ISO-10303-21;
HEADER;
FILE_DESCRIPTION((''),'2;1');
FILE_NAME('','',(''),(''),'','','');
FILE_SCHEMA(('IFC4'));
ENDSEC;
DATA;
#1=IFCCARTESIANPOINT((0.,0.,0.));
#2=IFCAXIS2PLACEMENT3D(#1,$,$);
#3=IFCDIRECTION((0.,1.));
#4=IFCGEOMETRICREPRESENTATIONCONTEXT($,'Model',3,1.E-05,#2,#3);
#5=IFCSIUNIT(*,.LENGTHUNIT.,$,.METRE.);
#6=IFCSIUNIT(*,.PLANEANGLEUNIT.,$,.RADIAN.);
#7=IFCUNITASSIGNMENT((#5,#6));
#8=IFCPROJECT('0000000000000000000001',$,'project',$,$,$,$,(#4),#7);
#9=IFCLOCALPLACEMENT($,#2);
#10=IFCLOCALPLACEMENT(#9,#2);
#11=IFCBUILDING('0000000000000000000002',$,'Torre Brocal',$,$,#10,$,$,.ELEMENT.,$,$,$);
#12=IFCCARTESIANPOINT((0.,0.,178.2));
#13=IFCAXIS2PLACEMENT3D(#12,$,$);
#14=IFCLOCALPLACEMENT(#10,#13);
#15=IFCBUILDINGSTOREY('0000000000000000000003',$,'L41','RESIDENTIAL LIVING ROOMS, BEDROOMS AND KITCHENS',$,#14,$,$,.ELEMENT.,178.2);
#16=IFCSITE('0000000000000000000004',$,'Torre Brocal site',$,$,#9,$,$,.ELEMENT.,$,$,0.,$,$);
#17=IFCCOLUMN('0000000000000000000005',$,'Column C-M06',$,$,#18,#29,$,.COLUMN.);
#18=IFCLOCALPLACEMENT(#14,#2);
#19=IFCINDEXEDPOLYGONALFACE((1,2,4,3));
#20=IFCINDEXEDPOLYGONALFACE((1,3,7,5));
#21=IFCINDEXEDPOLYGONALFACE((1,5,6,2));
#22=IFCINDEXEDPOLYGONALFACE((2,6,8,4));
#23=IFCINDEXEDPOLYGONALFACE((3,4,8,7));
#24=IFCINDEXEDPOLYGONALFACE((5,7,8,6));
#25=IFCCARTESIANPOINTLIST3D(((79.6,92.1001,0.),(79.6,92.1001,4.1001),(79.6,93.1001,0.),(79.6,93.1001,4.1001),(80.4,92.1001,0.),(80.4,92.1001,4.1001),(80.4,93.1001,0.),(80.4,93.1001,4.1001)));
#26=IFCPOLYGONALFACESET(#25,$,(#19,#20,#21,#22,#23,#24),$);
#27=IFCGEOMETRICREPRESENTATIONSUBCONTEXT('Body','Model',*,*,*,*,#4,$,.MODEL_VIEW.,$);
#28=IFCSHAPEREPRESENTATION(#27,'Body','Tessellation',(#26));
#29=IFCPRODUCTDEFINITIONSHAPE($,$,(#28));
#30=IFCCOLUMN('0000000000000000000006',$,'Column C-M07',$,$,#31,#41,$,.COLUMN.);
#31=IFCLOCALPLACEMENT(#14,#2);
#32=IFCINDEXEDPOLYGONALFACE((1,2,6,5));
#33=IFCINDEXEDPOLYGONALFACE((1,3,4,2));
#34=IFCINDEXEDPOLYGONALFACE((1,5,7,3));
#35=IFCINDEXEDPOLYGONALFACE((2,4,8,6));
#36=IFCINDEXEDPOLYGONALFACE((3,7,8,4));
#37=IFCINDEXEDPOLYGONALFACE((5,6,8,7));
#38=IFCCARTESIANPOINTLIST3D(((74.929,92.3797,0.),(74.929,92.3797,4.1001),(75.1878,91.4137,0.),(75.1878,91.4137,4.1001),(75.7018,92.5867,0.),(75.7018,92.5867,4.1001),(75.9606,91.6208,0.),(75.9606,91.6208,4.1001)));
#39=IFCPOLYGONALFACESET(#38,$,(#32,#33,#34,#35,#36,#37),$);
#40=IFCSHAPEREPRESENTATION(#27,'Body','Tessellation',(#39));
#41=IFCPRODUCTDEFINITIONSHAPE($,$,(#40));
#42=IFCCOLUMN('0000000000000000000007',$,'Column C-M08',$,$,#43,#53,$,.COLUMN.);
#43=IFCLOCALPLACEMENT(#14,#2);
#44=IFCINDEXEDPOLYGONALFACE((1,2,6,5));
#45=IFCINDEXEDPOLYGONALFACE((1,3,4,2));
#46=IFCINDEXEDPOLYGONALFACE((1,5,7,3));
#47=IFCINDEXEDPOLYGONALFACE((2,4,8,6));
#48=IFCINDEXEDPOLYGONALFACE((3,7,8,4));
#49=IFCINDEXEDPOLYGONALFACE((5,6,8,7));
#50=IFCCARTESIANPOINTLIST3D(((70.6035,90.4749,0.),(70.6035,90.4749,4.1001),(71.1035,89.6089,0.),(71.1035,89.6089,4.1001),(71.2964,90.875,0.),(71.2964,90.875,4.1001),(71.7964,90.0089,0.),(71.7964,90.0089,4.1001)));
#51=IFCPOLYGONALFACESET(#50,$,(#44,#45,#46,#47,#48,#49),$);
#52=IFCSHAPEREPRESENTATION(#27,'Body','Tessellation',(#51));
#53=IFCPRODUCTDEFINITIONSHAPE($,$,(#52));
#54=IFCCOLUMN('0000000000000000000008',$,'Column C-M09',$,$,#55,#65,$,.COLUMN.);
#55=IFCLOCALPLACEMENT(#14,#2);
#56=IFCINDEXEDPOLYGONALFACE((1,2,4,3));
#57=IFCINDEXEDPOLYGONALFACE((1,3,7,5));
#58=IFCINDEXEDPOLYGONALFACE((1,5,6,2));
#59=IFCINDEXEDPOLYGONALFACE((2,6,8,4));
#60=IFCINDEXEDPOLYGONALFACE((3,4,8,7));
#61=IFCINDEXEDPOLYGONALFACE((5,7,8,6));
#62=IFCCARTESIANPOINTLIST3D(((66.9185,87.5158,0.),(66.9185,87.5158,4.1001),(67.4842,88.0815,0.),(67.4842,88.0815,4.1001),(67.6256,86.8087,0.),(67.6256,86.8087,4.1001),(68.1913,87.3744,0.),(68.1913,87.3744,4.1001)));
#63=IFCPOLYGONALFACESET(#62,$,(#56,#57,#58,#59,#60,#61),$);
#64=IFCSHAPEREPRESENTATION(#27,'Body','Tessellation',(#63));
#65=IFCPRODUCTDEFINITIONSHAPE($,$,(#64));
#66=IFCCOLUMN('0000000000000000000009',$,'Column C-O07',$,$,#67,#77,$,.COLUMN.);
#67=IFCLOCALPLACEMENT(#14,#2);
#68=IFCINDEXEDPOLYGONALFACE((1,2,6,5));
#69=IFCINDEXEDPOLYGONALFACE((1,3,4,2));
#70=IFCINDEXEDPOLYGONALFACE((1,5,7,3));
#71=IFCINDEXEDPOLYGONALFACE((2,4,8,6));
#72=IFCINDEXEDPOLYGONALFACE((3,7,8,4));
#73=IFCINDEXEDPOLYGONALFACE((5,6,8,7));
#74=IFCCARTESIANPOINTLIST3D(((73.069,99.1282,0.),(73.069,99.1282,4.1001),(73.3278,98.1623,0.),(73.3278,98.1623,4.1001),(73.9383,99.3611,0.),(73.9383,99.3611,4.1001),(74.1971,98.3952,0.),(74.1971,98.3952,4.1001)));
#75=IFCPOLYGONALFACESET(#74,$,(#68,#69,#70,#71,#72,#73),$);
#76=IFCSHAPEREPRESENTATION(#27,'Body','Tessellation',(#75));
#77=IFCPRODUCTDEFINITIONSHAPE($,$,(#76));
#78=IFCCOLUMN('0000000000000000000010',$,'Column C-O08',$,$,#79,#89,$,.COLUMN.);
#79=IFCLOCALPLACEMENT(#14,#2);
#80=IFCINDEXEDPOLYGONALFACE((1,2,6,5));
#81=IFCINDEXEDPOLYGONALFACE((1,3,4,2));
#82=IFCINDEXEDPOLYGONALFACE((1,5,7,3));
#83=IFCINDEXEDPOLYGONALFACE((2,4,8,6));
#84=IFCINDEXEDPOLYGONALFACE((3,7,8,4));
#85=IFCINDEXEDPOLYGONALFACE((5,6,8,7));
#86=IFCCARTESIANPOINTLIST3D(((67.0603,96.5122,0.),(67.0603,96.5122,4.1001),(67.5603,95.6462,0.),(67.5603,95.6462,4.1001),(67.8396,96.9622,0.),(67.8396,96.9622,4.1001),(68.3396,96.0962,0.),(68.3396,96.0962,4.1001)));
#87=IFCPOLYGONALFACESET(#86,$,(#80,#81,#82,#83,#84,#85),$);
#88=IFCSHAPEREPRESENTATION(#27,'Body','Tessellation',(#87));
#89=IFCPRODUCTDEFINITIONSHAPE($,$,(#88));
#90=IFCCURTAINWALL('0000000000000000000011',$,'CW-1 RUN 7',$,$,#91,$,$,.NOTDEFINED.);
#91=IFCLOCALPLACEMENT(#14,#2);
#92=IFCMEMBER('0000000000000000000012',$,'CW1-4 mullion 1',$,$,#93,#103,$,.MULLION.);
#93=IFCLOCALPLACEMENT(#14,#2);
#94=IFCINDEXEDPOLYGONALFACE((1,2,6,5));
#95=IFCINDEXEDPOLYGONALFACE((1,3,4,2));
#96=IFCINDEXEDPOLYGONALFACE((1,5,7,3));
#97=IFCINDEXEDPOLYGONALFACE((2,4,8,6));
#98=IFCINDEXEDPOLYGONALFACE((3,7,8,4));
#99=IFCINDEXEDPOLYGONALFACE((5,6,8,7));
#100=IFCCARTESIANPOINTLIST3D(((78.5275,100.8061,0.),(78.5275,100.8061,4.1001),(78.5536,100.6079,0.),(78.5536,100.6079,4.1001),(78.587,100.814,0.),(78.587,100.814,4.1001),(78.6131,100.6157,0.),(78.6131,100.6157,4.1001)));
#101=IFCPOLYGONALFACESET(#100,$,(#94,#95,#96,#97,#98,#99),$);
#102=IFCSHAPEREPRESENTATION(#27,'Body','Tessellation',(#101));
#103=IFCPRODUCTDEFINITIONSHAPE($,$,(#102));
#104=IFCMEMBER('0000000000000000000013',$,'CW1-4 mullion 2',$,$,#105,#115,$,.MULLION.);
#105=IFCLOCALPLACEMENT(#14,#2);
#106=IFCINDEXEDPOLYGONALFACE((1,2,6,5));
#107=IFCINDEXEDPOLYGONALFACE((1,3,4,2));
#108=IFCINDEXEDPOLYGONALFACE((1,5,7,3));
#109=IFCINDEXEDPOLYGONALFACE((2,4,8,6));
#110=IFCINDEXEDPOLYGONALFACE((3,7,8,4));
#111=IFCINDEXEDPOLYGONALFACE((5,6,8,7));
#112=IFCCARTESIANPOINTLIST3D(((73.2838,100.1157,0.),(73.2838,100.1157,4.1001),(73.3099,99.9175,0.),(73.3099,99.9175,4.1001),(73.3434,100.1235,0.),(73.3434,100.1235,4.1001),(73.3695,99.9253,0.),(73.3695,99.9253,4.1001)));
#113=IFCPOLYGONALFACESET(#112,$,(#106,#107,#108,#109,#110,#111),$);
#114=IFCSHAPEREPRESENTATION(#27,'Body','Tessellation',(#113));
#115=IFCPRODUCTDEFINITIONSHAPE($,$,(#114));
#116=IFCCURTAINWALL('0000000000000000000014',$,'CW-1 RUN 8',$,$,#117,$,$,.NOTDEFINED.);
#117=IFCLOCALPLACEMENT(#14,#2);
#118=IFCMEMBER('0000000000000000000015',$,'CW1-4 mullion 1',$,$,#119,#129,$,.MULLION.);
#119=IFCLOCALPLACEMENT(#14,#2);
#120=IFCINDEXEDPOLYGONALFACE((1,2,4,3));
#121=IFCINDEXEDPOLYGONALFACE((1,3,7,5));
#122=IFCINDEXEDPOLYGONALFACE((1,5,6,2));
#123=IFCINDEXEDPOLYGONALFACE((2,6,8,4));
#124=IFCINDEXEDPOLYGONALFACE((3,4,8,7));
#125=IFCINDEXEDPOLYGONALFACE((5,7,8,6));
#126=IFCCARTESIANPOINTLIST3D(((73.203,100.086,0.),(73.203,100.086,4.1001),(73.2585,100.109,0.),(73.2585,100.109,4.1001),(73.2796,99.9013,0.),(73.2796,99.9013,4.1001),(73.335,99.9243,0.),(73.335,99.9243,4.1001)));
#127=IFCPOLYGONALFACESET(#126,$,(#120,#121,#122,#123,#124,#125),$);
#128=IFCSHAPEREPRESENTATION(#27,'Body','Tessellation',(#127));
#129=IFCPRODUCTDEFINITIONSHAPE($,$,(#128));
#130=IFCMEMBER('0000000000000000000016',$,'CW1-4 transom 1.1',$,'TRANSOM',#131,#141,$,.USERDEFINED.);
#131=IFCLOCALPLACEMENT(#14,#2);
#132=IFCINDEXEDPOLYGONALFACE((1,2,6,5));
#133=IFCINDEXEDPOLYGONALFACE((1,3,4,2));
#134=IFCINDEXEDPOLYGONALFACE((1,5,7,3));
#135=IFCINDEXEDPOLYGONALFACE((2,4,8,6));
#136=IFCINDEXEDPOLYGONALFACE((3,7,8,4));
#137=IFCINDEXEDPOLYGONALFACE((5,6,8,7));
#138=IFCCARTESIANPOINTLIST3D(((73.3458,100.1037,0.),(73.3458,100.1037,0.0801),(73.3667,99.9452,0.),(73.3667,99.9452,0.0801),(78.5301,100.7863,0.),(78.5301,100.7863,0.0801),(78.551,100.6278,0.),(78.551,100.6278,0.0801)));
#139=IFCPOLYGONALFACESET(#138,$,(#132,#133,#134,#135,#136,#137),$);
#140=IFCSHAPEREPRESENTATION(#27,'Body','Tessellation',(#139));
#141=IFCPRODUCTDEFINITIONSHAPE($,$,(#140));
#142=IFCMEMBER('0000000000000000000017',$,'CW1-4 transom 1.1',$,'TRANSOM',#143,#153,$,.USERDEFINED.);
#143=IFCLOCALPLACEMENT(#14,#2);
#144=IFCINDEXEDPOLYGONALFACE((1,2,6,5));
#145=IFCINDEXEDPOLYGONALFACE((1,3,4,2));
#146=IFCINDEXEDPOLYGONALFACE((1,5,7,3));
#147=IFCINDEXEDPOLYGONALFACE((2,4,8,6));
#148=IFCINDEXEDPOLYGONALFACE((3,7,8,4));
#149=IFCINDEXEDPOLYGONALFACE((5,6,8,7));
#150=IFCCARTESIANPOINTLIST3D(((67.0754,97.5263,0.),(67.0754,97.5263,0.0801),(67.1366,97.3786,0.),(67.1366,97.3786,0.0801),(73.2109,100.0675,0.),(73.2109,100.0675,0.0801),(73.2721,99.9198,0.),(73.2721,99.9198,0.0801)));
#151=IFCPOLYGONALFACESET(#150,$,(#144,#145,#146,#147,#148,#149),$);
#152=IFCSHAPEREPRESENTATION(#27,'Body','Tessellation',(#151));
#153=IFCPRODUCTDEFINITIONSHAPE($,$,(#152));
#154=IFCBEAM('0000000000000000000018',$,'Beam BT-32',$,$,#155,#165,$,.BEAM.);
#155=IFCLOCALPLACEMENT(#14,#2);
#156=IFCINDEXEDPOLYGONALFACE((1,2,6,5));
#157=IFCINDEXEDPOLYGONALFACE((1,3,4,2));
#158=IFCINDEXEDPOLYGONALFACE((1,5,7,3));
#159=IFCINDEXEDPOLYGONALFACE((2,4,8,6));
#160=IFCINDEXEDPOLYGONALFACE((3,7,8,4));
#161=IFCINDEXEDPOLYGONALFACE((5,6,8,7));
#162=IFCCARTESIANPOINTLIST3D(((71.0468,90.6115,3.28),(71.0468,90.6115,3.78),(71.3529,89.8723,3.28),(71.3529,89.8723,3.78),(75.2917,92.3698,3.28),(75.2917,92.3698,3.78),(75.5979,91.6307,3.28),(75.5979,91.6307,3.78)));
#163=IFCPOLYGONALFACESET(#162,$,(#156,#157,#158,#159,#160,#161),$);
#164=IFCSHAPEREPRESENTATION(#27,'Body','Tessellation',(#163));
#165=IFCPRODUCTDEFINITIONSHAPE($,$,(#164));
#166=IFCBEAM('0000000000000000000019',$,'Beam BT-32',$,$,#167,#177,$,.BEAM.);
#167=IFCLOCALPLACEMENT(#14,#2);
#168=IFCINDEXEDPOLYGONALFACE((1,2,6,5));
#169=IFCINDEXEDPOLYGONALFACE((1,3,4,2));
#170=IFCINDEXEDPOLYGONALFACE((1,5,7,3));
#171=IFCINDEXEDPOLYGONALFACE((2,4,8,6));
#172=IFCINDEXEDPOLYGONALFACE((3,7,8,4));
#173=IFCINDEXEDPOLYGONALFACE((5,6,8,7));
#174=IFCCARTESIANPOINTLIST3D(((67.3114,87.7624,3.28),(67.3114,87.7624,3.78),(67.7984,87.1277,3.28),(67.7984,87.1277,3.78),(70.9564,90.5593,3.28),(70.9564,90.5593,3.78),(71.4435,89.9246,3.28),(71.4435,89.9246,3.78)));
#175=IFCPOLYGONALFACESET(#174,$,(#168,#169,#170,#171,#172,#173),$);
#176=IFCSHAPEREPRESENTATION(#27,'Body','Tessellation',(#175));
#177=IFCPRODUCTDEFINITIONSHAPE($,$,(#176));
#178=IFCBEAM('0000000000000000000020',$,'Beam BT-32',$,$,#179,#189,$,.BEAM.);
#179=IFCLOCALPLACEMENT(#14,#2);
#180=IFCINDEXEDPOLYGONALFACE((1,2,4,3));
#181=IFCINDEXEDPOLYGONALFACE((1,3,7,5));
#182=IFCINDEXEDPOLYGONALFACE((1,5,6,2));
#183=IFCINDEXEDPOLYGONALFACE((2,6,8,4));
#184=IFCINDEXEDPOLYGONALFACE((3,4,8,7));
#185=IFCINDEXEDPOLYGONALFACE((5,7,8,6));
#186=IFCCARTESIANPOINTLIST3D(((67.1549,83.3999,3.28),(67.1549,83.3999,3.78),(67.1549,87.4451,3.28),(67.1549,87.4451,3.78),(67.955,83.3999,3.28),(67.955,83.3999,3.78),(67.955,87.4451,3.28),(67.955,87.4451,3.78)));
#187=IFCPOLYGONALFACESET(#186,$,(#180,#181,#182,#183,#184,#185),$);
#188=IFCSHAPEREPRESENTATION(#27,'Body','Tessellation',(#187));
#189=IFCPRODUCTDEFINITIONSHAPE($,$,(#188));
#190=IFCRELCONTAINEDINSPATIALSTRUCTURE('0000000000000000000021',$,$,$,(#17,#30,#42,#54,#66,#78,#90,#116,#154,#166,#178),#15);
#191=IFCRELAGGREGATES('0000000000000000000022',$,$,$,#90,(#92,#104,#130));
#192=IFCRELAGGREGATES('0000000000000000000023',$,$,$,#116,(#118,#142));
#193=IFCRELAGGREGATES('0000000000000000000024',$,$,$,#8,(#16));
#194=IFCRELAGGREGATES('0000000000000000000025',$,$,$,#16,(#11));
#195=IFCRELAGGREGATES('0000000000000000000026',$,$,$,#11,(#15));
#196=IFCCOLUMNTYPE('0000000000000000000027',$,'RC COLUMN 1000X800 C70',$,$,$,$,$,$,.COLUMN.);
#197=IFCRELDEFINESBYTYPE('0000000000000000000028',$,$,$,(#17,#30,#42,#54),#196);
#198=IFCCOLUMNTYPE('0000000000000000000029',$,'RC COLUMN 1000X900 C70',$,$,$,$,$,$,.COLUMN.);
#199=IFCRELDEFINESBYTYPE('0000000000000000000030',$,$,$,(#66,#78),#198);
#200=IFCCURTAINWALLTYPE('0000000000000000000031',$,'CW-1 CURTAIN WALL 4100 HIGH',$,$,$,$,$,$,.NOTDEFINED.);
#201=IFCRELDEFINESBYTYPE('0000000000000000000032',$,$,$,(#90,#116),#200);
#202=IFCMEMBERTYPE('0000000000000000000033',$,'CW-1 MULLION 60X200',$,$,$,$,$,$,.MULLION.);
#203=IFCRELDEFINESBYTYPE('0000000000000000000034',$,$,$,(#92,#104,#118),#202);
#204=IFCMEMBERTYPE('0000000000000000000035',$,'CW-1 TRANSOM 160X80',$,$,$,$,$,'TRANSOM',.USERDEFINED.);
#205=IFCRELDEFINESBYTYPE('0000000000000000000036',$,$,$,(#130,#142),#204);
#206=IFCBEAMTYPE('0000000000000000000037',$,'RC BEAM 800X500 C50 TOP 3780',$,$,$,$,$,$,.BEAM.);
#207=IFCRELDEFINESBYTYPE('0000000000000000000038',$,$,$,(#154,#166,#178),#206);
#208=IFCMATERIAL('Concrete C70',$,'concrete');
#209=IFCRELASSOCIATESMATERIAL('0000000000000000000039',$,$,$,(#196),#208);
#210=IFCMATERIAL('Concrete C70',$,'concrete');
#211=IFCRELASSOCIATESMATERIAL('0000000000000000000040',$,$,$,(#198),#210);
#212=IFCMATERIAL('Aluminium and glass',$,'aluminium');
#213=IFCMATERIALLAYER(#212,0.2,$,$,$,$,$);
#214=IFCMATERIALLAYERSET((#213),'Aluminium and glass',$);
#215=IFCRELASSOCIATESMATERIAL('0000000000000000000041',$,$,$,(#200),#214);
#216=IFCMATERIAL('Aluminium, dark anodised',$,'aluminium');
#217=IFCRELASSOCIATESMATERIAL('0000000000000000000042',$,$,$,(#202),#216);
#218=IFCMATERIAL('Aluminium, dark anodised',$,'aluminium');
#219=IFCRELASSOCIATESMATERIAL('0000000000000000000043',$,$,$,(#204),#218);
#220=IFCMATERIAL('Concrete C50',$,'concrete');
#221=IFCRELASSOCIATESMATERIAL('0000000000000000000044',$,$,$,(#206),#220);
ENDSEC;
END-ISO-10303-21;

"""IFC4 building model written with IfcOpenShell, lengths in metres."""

from ifc_helpers import new_model, si_unit, direction, frame, origin, origin_2d, place, context, subcontext, project, spatial, rectangle, extrude, material, layer, layer_set, material_profile, profile_set, type_object, element, aggregate, save


model = new_model("IFC4")

# Units and contexts
model_context = context("Model", 3, precision=1e-05, world=origin(), true_north=direction((0.0, 1.0)))
body_context = subcontext(model_context, "Body", "Model", "MODEL_VIEW")
ifc_project = project(units=[si_unit("LENGTHUNIT", "METRE"), si_unit("PLANEANGLEUNIT", "RADIAN")], contexts=[model_context])

# Site, building, storey
site_placement = place(None, origin())
site = spatial("IfcSite", under=ifc_project, at=site_placement, Name="Torre Brocal site", CompositionType="ELEMENT", RefElevation=0.0)
building_placement = place(site_placement, origin())
building = spatial("IfcBuilding", under=site, at=building_placement, Name="Torre Brocal", CompositionType="ELEMENT")
storey_placement = place(building_placement, frame((0.0, 0.0, 178.2)))
storey = spatial("IfcBuildingStorey", under=building, at=storey_placement, Name="L41", Description="RESIDENTIAL LIVING ROOMS, BEDROOMS AND KITCHENS", CompositionType="ELEMENT", Elevation=178.2)

# Columns
ifc_material_1 = material(Name="Concrete C70", Category="concrete")
ifc_material_profile_1 = material_profile(ifc_material_1, rectangle(XDim=1.0, YDim=0.8, at=origin_2d()), Name="RC 1000X800")
ifc_profile_set_1 = profile_set([ifc_material_profile_1], Name="Concrete C70")
column_type_1 = type_object("IfcColumnType", Name="RC COLUMN 1000X800 C70", PredefinedType="COLUMN", material=ifc_profile_set_1)
for number, where, z_axis, x_axis, name in (
    (1, (80.0, 92.6001, 0.0), (0.0, 0.0, 1.0), (0.0, 1.0, 0.0), "Column C-M06"),
    (2, (75.4448, 92.0002, 0.0), (0.0, 0.0, 1.0), (-0.258819, 0.965926, 0.0), "Column C-M07"),
    (3, (71.2, 90.2419, 0.0), (0.0, 0.0, 1.0), (-0.5, 0.866025, 0.0), "Column C-M08"),
    (4, (67.5549, 87.4451, 0.0), (0.0, 0.0, 1.0), (-0.707107, 0.707107, 0.0), "Column C-M09"),
):
    element("IfcColumn", number, at=place(storey_placement, frame(where, z_axis=z_axis, x_axis=x_axis)), inside=storey, type_object=column_type_1, Name=name, PredefinedType="COLUMN", context=body_context, shape_type="SweptSolid", body=[
        extrude(rectangle(XDim=1.0, YDim=0.8, at=origin_2d()), origin(), (0.0, 0.0, 1.0), 4.1001),
    ])
ifc_material_2 = material(Name="Concrete C70", Category="concrete")
ifc_material_profile_2 = material_profile(ifc_material_2, rectangle(XDim=1.0, YDim=0.8999, at=origin_2d()), Name="RC 1000X900")
ifc_profile_set_2 = profile_set([ifc_material_profile_2], Name="Concrete C70")
column_type_2 = type_object("IfcColumnType", Name="RC COLUMN 1000X900 C70", PredefinedType="COLUMN", material=ifc_profile_set_2)
for number, where, z_axis, x_axis, name in (
    (5, (73.6331, 98.7617, 0.0), (0.0, 0.0, 1.0), (-0.258819, 0.965926, 0.0), "Column C-O07"),
    (6, (67.7, 96.3042, 0.0), (0.0, 0.0, 1.0), (-0.5, 0.866025, 0.0), "Column C-O08"),
):
    element("IfcColumn", number, at=place(storey_placement, frame(where, z_axis=z_axis, x_axis=x_axis)), inside=storey, type_object=column_type_2, Name=name, PredefinedType="COLUMN", context=body_context, shape_type="SweptSolid", body=[
        extrude(rectangle(XDim=1.0, YDim=0.8999, at=origin_2d()), origin(), (0.0, 0.0, 1.0), 4.1001),
    ])

# Curtain wall, members
ifc_material_3 = material(Name="Aluminium and glass", Category="aluminium")
ifc_layer_1 = layer(ifc_material_3, 0.2)
ifc_layer_set_1 = layer_set([ifc_layer_1], Name="Aluminium and glass")
curtain_wall_type = type_object("IfcCurtainWallType", Name="CW-1 CURTAIN WALL 4100 HIGH", PredefinedType="NOTDEFINED", material=ifc_layer_set_1)
curtain_wall_1_placement = place(storey_placement, origin())
curtain_wall_1 = element("IfcCurtainWall", 7, at=curtain_wall_1_placement, inside=storey, type_object=curtain_wall_type, Name="CW-1 RUN 7", PredefinedType="NOTDEFINED")
ifc_material_4 = material(Name="Aluminium, dark anodised", Category="aluminium")
ifc_material_profile_3 = material_profile(ifc_material_4, rectangle(XDim=0.2, YDim=0.0601, at=origin_2d()), Name="CW-1 MULLION 60X200")
ifc_profile_set_3 = profile_set([ifc_material_profile_3], Name="Aluminium, dark anodised")
member_type_1 = type_object("IfcMemberType", Name="CW-1 MULLION 60X200", PredefinedType="MULLION", material=ifc_profile_set_3)
member_1_placement = place(storey_placement, frame((78.5703, 100.7109, 0.0), z_axis=(0.0, 0.0, 1.0), x_axis=(0.130526, -0.991445, 0.0)))
member_1 = element("IfcMember", 8, at=member_1_placement, type_object=member_type_1, Name="CW1-4 mullion 1", PredefinedType="MULLION", context=body_context, shape_type="SweptSolid", body=[
    extrude(rectangle(XDim=0.2, YDim=0.0601, at=origin_2d()), origin(), (0.0, 0.0, 1.0), 4.1001),
])
member_2_placement = place(storey_placement, frame((73.3267, 100.0205, 0.0), z_axis=(0.0, 0.0, 1.0), x_axis=(0.130526, -0.991445, 0.0)))
member_2 = element("IfcMember", 9, at=member_2_placement, type_object=member_type_1, Name="CW1-4 mullion 2", PredefinedType="MULLION", context=body_context, shape_type="SweptSolid", body=[
    extrude(rectangle(XDim=0.2, YDim=0.0601, at=origin_2d()), origin(), (0.0, 0.0, 1.0), 4.1001),
])

# Curtain wall, member
curtain_wall_2_placement = place(storey_placement, origin())
curtain_wall_2 = element("IfcCurtainWall", 10, at=curtain_wall_2_placement, inside=storey, type_object=curtain_wall_type, Name="CW-1 RUN 8", PredefinedType="NOTDEFINED")
member_3_placement = place(storey_placement, frame((73.269, 100.0051, 0.0), z_axis=(0.0, 0.0, 1.0), x_axis=(0.382683, -0.92388, 0.0)))
member_3 = element("IfcMember", 11, at=member_3_placement, type_object=member_type_1, Name="CW1-4 mullion 1", PredefinedType="MULLION", context=body_context, shape_type="SweptSolid", body=[
    extrude(rectangle(XDim=0.2, YDim=0.0601, at=origin_2d()), origin(), (0.0, 0.0, 1.0), 4.1001),
])

# Members
ifc_material_5 = material(Name="Aluminium, dark anodised", Category="aluminium")
ifc_material_profile_4 = material_profile(ifc_material_5, rectangle(XDim=0.1599, YDim=0.0801, at=origin_2d()), Name="CW-1 TRANSOM 160X80")
ifc_profile_set_4 = profile_set([ifc_material_profile_4], Name="Aluminium, dark anodised")
member_type_2 = type_object("IfcMemberType", Name="CW-1 TRANSOM 160X80", ElementType="TRANSOM", PredefinedType="USERDEFINED", material=ifc_profile_set_4)
member_4_placement = place(storey_placement, frame((78.5405, 100.707, 0.04), z_axis=(-0.991443, -0.130543, 0.0), x_axis=(0.130543, -0.991443, 0.0)))
member_4 = element("IfcMember", 12, at=member_4_placement, type_object=member_type_2, Name="CW1-4 transom 1.1", ObjectType="TRANSOM", PredefinedType="USERDEFINED", context=body_context, shape_type="SweptSolid", body=[
    extrude(rectangle(XDim=0.1599, YDim=0.0801, at=origin_2d()), origin(), (0.0, 0.0, 1.0), 5.229),
])
member_5_placement = place(storey_placement, frame((73.2415, 99.9937, 0.04), z_axis=(-0.923887, -0.382665, 0.0), x_axis=(0.382665, -0.923887, 0.0)))
member_5 = element("IfcMember", 13, at=member_5_placement, type_object=member_type_2, Name="CW1-4 transom 1.1", ObjectType="TRANSOM", PredefinedType="USERDEFINED", context=body_context, shape_type="SweptSolid", body=[
    extrude(rectangle(XDim=0.1599, YDim=0.0801, at=origin_2d()), origin(), (0.0, 0.0, 1.0), 6.6409),
])

# Beams
ifc_material_6 = material(Name="Concrete C50", Category="concrete")
ifc_material_profile_5 = material_profile(ifc_material_6, rectangle(XDim=0.8, YDim=0.5, at=origin_2d()), Name="RC 800X500")
ifc_profile_set_5 = profile_set([ifc_material_profile_5], Name="Concrete C50")
beam_type_1 = type_object("IfcBeamType", Name="RC BEAM 800X500 C50 TOP 3780", PredefinedType="BEAM", material=ifc_profile_set_5)
beam_1_placement = place(storey_placement, frame((75.4448, 92.0002, 3.53), z_axis=(-0.923878, -0.382687, 0.0), x_axis=(0.382687, -0.923878, 0.0)))
element("IfcBeam", 14, at=beam_1_placement, inside=storey, type_object=beam_type_1, Name="Beam BT-32", PredefinedType="BEAM", context=body_context, shape_type="SweptSolid", body=[
    extrude(rectangle(XDim=0.8, YDim=0.5, at=origin_2d()), origin(), (0.0, 0.0, 1.0), 4.5947),
])
beam_2_placement = place(storey_placement, frame((71.2, 90.2419, 3.53), z_axis=(-0.793358, -0.608755, 0.0), x_axis=(0.608755, -0.793358, 0.0)))
element("IfcBeam", 15, at=beam_2_placement, inside=storey, type_object=beam_type_1, Name="Beam BT-32", PredefinedType="BEAM", context=body_context, shape_type="SweptSolid", body=[
    extrude(rectangle(XDim=0.8, YDim=0.5, at=origin_2d()), origin(), (0.0, 0.0, 1.0), 4.5945),
])
beam_3_placement = place(storey_placement, frame((67.5549, 87.4451, 3.53), z_axis=(0.0, -1.0, 0.0), x_axis=(1.0, 0.0, 0.0)))
element("IfcBeam", 16, at=beam_3_placement, inside=storey, type_object=beam_type_1, Name="Beam BT-32", PredefinedType="BEAM", context=body_context, shape_type="SweptSolid", body=[
    extrude(rectangle(XDim=0.8, YDim=0.5, at=origin_2d()), origin(), (0.0, 0.0, 1.0), 4.0452),
])

aggregate(curtain_wall_1, [member_1, member_2, member_4])
aggregate(curtain_wall_2, [member_3, member_5])

save(model, "model.ifc")
